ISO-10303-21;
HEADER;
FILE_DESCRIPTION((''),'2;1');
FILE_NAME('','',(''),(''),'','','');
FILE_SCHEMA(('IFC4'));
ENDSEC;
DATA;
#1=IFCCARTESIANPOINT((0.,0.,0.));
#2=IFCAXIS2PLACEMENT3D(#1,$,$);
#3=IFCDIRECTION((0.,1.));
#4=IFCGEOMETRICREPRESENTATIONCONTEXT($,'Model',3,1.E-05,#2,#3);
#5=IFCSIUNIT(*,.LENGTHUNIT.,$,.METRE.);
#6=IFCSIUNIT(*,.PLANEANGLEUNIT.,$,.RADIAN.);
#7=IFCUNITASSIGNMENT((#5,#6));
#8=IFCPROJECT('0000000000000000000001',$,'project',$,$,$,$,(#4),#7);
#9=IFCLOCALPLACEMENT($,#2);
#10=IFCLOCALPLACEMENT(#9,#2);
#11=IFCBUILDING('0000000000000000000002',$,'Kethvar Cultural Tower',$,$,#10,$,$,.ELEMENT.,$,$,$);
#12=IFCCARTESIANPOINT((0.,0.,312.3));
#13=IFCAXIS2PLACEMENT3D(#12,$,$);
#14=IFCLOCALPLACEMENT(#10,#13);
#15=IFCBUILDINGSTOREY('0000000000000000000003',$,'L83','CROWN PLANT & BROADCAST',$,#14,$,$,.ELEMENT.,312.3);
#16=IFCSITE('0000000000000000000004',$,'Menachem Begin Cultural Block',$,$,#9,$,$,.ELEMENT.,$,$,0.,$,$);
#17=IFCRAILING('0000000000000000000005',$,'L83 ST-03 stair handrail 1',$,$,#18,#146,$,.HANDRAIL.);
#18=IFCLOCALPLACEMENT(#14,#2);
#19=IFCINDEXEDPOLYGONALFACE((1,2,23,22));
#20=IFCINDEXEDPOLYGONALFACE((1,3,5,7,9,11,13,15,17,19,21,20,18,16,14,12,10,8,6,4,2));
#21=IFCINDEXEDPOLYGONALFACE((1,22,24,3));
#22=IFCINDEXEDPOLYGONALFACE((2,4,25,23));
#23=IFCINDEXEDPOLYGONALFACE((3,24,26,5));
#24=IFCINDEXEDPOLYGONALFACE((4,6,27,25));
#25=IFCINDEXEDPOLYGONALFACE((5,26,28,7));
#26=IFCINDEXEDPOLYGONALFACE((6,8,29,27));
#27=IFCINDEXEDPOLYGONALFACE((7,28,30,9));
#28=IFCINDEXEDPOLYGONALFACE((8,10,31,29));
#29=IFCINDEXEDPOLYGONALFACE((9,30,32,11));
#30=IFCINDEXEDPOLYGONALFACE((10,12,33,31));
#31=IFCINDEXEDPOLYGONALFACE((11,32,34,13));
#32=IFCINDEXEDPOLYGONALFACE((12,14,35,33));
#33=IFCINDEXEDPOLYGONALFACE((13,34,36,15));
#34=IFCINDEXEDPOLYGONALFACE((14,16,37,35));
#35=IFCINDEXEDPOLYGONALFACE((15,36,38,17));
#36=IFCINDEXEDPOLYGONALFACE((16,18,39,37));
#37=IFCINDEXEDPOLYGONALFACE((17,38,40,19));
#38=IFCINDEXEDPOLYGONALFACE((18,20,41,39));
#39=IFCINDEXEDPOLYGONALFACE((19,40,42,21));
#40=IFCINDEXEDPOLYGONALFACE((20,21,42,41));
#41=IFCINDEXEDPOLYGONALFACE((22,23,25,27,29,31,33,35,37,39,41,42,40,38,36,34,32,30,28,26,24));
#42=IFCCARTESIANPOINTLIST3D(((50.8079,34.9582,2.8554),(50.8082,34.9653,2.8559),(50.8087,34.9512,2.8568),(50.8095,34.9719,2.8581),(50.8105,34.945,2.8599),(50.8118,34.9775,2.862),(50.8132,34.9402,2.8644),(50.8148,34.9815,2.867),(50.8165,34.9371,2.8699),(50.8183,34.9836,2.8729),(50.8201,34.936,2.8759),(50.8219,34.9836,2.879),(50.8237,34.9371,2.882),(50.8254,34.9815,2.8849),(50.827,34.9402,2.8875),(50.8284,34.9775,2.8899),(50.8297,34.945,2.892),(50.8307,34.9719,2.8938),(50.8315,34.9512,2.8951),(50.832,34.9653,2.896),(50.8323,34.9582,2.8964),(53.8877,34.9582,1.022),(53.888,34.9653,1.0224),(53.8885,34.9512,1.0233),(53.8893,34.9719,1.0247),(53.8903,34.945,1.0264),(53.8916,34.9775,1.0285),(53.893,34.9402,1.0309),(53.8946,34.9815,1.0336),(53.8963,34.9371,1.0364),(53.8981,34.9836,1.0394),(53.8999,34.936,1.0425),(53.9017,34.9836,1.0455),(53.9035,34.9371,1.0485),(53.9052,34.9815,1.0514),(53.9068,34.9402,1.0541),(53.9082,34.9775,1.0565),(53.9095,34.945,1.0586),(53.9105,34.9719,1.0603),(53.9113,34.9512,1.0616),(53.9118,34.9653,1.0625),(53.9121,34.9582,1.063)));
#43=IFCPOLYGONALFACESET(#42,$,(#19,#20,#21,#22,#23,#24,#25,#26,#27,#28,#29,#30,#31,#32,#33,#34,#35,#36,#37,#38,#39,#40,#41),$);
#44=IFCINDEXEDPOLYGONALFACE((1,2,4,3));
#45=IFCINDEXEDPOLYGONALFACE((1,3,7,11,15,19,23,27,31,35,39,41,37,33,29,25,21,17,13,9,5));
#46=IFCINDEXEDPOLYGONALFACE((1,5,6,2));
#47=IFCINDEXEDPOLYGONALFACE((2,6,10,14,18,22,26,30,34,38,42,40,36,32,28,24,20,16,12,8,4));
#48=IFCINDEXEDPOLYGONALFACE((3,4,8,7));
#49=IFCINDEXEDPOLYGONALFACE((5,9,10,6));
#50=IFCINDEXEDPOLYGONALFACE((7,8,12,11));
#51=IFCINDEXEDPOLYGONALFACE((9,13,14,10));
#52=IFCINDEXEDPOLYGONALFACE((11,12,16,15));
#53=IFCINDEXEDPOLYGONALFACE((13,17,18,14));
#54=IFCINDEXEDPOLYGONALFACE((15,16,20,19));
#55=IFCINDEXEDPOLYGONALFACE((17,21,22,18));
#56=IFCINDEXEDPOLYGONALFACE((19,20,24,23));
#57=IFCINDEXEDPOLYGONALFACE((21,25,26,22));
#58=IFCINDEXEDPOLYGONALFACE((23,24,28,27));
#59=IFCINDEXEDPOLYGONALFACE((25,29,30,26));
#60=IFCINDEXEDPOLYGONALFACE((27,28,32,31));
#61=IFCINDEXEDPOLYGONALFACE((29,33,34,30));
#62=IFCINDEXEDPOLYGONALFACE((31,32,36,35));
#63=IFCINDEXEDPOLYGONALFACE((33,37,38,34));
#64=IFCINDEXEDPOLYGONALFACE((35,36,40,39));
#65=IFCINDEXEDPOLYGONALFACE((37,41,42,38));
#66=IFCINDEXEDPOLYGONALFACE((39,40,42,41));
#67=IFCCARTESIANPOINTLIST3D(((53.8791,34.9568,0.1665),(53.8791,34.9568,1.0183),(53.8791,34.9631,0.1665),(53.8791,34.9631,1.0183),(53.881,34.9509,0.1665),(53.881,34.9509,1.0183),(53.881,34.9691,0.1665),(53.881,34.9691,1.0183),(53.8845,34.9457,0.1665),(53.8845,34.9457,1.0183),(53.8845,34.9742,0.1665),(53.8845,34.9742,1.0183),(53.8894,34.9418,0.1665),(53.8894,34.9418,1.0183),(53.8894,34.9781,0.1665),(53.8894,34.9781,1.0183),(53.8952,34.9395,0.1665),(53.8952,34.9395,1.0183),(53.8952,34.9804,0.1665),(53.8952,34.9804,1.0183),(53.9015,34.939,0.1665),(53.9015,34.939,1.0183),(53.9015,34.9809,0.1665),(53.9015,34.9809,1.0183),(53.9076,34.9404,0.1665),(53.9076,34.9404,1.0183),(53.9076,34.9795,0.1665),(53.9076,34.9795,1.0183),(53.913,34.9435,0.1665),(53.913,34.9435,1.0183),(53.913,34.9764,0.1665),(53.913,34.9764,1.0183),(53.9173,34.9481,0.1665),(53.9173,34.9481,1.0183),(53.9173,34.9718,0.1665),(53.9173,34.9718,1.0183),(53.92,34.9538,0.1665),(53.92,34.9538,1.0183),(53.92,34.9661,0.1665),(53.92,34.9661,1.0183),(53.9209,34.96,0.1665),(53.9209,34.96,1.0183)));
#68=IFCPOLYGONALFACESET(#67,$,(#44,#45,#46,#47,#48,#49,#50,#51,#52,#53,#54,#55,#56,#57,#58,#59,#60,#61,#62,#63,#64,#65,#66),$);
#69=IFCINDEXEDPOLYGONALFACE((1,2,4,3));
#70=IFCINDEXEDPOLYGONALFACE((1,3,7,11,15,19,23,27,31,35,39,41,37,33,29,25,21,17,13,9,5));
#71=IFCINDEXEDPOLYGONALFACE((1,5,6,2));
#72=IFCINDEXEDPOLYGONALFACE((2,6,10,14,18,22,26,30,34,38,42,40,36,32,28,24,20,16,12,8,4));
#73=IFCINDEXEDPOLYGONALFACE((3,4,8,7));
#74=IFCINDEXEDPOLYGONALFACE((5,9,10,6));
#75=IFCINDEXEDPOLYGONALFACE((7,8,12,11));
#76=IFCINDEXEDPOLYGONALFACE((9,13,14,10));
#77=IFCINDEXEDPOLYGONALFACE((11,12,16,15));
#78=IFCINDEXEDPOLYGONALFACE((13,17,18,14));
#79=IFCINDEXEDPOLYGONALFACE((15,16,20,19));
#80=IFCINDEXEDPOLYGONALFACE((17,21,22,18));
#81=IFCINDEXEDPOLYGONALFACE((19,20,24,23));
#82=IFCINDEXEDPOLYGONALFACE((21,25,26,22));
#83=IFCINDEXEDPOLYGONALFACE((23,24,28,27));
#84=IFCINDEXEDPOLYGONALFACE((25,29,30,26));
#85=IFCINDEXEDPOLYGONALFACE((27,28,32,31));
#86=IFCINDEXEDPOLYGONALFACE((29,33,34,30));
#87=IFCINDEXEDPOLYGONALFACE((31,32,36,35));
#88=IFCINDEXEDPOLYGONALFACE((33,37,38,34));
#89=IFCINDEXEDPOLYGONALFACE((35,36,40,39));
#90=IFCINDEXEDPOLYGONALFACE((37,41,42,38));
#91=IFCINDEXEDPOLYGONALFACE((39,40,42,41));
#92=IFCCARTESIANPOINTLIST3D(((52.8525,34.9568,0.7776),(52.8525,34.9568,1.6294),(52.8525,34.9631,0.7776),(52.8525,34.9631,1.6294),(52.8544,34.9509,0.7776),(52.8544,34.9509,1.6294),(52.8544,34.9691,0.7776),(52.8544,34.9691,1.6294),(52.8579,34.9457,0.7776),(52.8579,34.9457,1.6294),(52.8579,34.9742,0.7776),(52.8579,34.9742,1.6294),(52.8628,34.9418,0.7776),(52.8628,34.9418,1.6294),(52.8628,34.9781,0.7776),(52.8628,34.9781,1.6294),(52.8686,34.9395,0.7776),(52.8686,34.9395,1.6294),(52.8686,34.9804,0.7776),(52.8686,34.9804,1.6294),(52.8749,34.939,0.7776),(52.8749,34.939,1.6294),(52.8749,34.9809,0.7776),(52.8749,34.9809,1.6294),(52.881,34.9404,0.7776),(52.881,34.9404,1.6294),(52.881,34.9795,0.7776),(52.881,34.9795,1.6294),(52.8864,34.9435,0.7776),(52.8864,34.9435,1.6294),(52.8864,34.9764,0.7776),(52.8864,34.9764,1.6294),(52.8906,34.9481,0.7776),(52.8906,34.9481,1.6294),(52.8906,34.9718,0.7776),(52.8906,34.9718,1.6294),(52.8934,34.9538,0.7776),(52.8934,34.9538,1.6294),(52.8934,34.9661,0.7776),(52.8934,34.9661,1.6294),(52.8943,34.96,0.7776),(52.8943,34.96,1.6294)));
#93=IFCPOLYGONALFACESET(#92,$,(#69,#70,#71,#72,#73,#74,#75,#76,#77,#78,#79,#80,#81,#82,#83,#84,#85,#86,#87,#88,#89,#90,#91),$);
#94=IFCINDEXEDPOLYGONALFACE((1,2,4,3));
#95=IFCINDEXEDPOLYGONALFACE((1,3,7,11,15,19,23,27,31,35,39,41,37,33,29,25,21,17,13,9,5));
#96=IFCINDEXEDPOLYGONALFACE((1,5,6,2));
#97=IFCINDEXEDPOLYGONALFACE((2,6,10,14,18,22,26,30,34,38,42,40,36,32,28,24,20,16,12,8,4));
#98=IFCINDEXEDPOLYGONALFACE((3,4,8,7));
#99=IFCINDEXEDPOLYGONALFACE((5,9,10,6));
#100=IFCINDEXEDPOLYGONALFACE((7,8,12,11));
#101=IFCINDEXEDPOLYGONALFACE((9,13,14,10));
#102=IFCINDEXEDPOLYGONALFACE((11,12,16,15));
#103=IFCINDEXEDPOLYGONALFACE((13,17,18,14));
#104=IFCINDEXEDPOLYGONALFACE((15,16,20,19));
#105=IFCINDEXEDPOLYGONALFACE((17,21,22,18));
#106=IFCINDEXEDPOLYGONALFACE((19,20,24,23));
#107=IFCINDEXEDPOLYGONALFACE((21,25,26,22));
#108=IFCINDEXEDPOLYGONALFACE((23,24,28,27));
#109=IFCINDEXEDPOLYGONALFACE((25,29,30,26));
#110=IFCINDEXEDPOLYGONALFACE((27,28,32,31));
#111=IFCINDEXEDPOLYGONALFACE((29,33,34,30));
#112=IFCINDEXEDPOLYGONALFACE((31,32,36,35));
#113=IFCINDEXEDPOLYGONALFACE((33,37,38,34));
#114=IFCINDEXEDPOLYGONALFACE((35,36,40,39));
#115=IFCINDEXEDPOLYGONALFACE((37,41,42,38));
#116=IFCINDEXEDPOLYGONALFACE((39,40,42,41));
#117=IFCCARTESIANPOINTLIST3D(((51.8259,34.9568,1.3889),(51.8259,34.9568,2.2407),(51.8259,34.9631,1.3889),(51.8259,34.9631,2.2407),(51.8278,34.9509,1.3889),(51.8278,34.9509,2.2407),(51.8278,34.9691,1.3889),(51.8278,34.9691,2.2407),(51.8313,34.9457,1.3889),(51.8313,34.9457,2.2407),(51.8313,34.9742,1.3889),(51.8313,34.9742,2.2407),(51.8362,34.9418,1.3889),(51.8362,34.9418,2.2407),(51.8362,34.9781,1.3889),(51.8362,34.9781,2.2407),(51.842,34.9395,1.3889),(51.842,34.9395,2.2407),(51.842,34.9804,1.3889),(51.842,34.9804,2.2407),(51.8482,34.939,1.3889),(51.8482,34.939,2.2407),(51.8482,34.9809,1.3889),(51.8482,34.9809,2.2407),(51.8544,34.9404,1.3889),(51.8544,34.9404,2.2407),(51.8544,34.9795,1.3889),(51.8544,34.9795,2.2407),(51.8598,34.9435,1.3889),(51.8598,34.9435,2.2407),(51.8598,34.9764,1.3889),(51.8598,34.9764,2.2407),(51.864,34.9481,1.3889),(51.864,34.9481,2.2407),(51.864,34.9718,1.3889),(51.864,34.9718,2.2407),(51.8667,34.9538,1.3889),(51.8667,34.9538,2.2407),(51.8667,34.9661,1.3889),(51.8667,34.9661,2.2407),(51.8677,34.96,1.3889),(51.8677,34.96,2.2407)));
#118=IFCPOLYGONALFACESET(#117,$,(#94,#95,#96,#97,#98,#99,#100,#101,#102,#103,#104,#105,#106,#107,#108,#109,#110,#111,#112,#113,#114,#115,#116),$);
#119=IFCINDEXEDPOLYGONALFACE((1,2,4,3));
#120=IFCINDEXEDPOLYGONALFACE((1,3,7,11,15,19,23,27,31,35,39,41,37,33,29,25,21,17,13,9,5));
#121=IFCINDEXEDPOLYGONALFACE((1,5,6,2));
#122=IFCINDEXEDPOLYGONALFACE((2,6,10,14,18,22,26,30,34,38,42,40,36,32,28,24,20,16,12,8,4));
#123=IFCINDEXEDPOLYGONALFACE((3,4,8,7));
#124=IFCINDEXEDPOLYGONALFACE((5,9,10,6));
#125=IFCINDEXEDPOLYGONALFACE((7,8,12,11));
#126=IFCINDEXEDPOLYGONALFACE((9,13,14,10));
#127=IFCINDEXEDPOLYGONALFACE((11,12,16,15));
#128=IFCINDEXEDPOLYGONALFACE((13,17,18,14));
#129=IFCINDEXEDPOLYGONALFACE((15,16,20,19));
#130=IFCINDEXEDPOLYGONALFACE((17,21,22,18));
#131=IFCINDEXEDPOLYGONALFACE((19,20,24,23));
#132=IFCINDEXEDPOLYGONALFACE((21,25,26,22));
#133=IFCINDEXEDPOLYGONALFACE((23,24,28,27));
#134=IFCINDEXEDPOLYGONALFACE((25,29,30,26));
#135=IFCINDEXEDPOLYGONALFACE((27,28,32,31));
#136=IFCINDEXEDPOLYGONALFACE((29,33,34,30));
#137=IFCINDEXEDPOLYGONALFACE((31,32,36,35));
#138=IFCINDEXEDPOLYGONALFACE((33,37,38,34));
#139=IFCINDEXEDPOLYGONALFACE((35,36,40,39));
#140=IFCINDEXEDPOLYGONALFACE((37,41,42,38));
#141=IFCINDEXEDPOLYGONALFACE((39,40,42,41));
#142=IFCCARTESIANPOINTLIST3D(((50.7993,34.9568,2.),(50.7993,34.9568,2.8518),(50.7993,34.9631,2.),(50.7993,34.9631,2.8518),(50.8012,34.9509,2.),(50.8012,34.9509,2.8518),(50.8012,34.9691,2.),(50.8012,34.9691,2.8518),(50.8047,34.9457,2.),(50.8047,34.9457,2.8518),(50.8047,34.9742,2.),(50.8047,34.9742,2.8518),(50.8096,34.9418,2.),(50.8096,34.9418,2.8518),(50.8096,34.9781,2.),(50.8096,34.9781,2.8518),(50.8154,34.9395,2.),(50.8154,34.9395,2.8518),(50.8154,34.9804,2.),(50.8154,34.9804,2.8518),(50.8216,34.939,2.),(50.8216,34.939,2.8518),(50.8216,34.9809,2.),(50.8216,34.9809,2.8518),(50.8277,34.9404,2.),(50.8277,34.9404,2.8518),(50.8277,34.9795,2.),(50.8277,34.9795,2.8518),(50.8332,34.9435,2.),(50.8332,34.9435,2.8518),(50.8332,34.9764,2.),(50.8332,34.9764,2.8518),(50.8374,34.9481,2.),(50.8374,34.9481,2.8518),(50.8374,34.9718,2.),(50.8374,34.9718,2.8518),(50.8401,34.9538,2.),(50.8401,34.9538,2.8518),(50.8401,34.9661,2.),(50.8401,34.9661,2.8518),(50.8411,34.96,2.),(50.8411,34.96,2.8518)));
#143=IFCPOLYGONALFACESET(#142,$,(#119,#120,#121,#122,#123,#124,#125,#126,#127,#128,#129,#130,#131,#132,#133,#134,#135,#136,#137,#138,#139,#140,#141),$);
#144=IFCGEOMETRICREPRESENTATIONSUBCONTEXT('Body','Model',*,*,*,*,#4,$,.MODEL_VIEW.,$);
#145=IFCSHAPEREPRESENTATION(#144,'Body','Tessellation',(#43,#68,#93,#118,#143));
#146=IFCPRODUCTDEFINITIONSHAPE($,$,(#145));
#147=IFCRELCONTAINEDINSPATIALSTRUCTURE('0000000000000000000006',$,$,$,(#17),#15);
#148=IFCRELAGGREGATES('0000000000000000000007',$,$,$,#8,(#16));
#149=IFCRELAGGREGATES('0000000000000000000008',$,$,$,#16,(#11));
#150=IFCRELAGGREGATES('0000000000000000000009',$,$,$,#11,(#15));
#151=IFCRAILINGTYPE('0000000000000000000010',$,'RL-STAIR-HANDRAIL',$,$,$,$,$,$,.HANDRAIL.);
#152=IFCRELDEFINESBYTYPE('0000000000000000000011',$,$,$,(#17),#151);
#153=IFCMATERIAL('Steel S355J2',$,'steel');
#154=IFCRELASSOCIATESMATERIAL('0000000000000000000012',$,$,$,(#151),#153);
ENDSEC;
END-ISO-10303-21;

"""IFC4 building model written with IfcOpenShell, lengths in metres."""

from ifc_helpers import new_model, si_unit, direction, frame, origin, origin_2d, place, context, subcontext, project, spatial, circle, extrude, material, type_object, element, save


model = new_model("IFC4")

# Units and contexts
model_context = context("Model", 3, precision=1e-05, world=origin(), true_north=direction((0.0, 1.0)))
body_context = subcontext(model_context, "Body", "Model", "MODEL_VIEW")
ifc_project = project(units=[si_unit("LENGTHUNIT", "METRE"), si_unit("PLANEANGLEUNIT", "RADIAN")], contexts=[model_context])

# Site, building, storey
site_placement = place(None, origin())
site = spatial("IfcSite", under=ifc_project, at=site_placement, Name="Menachem Begin Cultural Block", CompositionType="ELEMENT", RefElevation=0.0)
building_placement = place(site_placement, origin())
building = spatial("IfcBuilding", under=site, at=building_placement, Name="Kethvar Cultural Tower", CompositionType="ELEMENT")
storey_placement = place(building_placement, frame((0.0, 0.0, 312.3)))
storey = spatial("IfcBuildingStorey", under=building, at=storey_placement, Name="L83", Description="CROWN PLANT & BROADCAST", CompositionType="ELEMENT", Elevation=312.3)

# Shared definitions
ifc_material_1 = material(Name="Steel S355J2", Category="steel")

# Railing
railing_type_1 = type_object("IfcRailingType", Name="RL-STAIR-HANDRAIL", PredefinedType="HANDRAIL", material=ifc_material_1)
railing_1_placement = place(storey_placement, frame((53.8999, 34.96, 0.1665)))
element("IfcRailing", 1, at=railing_1_placement, inside=storey, type_object=railing_type_1, Name="L83 ST-03 stair handrail 1", PredefinedType="HANDRAIL", context=body_context, shape_type="SweptSolid", body=[
    extrude(circle(Radius=0.0239, at=origin_2d()), frame((0.0, 0.0, 0.876), z_axis=(-0.859261, 0.0, 0.511538), x_axis=(0.0, -1.0, 0.0)), (0.0, 0.0, 1.0), 3.5842),
    extrude(circle(Radius=0.021, at=origin_2d()), origin(), (0.0, 0.0, 1.0), 0.8518),
    extrude(circle(Radius=0.021, at=origin_2d()), frame((-1.0266, 0.0, 0.6111)), (0.0, 0.0, 1.0), 0.8518),
    extrude(circle(Radius=0.021, at=origin_2d()), frame((-2.0532, 0.0, 1.2224)), (0.0, 0.0, 1.0), 0.8518),
    extrude(circle(Radius=0.021, at=origin_2d()), frame((-3.0798, 0.0, 1.8335)), (0.0, 0.0, 1.0), 0.8518),
])

save(model, "model.ifc")
